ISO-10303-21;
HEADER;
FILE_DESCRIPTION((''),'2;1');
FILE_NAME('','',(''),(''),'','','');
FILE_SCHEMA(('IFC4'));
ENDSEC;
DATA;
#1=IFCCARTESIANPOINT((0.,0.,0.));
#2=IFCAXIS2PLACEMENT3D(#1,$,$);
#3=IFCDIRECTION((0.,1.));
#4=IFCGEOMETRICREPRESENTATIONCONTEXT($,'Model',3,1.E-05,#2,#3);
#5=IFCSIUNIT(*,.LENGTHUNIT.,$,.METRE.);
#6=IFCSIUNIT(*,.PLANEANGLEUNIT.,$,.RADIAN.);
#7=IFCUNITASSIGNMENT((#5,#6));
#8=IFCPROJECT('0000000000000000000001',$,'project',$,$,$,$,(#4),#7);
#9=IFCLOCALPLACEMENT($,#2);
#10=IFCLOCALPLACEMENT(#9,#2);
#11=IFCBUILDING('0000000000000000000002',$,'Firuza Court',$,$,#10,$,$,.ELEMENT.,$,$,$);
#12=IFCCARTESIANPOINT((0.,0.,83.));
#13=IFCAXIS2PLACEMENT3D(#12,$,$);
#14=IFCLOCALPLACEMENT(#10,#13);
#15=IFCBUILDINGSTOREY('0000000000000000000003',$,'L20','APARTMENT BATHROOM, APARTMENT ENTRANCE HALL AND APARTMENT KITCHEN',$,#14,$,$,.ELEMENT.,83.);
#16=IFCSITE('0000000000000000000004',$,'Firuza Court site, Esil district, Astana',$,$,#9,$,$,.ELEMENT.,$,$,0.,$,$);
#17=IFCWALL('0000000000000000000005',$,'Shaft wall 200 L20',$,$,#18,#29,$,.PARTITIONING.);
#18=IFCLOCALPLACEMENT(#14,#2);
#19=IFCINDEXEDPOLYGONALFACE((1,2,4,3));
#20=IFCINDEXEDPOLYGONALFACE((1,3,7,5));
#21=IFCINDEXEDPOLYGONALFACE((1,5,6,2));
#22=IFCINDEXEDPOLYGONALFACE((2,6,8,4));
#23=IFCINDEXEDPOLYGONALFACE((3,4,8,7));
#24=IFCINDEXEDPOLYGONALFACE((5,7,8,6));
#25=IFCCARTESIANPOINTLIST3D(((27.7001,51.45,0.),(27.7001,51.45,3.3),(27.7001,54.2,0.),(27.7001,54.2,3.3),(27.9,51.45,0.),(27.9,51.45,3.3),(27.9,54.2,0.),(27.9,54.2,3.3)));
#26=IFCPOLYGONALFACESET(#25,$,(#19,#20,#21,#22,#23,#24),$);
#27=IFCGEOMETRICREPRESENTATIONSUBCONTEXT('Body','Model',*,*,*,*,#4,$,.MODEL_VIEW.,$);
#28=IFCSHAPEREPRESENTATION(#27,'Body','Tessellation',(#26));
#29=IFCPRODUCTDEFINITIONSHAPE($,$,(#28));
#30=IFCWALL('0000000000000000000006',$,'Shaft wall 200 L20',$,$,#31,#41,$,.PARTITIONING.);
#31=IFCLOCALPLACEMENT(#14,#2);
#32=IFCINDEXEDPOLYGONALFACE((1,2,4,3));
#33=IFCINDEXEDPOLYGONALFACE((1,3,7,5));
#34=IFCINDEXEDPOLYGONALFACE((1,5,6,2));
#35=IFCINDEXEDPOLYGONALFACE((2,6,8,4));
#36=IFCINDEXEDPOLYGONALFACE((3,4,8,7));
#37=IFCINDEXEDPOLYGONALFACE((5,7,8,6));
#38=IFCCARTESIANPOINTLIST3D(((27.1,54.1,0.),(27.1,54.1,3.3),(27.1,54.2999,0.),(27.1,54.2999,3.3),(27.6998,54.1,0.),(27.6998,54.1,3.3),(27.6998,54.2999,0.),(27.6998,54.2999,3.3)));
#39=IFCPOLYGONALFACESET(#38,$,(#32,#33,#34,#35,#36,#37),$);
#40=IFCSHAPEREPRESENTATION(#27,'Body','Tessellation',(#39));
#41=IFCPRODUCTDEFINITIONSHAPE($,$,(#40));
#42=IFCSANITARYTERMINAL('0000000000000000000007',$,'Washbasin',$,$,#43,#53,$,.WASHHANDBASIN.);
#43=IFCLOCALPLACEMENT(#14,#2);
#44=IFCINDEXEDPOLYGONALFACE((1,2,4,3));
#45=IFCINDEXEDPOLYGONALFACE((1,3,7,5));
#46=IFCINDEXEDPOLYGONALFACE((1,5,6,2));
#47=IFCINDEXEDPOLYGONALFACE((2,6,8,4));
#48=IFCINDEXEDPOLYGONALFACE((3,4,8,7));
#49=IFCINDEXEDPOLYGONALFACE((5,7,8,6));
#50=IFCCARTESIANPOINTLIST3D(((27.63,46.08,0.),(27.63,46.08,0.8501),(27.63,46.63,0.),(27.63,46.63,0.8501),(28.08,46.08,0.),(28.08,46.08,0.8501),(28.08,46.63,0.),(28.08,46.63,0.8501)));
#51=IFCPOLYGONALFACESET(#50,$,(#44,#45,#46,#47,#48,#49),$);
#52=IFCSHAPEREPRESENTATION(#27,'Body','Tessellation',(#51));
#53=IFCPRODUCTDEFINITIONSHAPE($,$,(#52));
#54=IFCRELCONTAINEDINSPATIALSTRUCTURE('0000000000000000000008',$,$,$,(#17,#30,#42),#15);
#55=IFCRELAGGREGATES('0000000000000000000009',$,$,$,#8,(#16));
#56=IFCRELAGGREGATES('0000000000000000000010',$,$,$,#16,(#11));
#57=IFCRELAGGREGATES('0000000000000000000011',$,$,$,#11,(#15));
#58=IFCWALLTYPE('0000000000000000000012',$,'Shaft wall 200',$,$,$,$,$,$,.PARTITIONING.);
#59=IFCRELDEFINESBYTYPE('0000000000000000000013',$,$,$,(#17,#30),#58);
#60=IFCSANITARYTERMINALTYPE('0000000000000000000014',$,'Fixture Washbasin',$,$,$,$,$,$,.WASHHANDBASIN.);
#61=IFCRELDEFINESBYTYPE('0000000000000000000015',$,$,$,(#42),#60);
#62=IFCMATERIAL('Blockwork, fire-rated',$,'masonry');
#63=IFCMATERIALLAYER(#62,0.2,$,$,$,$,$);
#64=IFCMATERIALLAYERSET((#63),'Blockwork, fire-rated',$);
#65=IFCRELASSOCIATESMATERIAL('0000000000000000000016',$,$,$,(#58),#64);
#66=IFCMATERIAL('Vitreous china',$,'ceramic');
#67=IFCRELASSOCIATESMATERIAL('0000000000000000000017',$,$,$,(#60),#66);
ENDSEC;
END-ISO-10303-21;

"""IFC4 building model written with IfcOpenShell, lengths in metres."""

from ifc_helpers import new_model, si_unit, direction, frame, frame_2d, origin, origin_2d, place, context, subcontext, project, spatial, rectangle, extrude, material, layer, layer_set, type_object, element, save


model = new_model("IFC4")

# Units and contexts
model_context = context("Model", 3, precision=1e-05, world=origin(), true_north=direction((0.0, 1.0)))
body_context = subcontext(model_context, "Body", "Model", "MODEL_VIEW")
ifc_project = project(units=[si_unit("LENGTHUNIT", "METRE"), si_unit("PLANEANGLEUNIT", "RADIAN")], contexts=[model_context])

# Site, building, storey
site_placement = place(None, origin())
site = spatial("IfcSite", under=ifc_project, at=site_placement, Name="Firuza Court site, Esil district, Astana", CompositionType="ELEMENT", RefElevation=0.0)
building_placement = place(site_placement, origin())
building = spatial("IfcBuilding", under=site, at=building_placement, Name="Firuza Court", CompositionType="ELEMENT")
storey_placement = place(building_placement, frame((0.0, 0.0, 83.0)))
storey = spatial("IfcBuildingStorey", under=building, at=storey_placement, Name="L20", Description="APARTMENT BATHROOM, APARTMENT ENTRANCE HALL AND APARTMENT KITCHEN", CompositionType="ELEMENT", Elevation=83.0)

# Shared definitions
ifc_material_1 = material(Name="Blockwork, fire-rated", Category="masonry")

# Shared definitions
ifc_layer_1 = layer(ifc_material_1, 0.2)
ifc_layer_set_1 = layer_set([ifc_layer_1], Name="Blockwork, fire-rated")
wall_type_1 = type_object("IfcWallType", Name="Shaft wall 200", PredefinedType="PARTITIONING", material=ifc_layer_set_1)

# Walls
wall_1_placement = place(storey_placement, frame((27.8, 51.45, 0.0), z_axis=(0.0, 0.0, 1.0), x_axis=(0.0, 1.0, 0.0)))
element("IfcWall", 1, at=wall_1_placement, inside=storey, type_object=wall_type_1, Name="Shaft wall 200 L20", PredefinedType="PARTITIONING", context=body_context, shape_type="SweptSolid", body=[
    extrude(rectangle(XDim=2.75, YDim=0.2, at=frame_2d((1.375, 0.0))), origin(), (0.0, 0.0, 1.0), 3.3),
])
wall_2_placement = place(storey_placement, frame((27.1001, 54.2, 0.0), z_axis=(0.0, 0.0, 1.0), x_axis=(1.0, 0.0, 0.0)))
element("IfcWall", 2, at=wall_2_placement, inside=storey, type_object=wall_type_1, Name="Shaft wall 200 L20", PredefinedType="PARTITIONING", context=body_context, shape_type="SweptSolid", body=[
    extrude(rectangle(XDim=0.5999, YDim=0.2, at=frame_2d((0.2998, 0.0))), origin(), (0.0, 0.0, 1.0), 3.3),
])

# Sanitary terminal
ifc_material_2 = material(Name="Vitreous china", Category="ceramic")
sanitary_terminal_type = type_object("IfcSanitaryTerminalType", Name="Fixture Washbasin", PredefinedType="WASHHANDBASIN", material=ifc_material_2)
sanitary_terminal_placement = place(storey_placement, frame((27.855, 46.355, 0.0), z_axis=(0.0, 0.0, 1.0), x_axis=(1.0, 0.0, 0.0)))
element("IfcSanitaryTerminal", 3, at=sanitary_terminal_placement, inside=storey, type_object=sanitary_terminal_type, Name="Washbasin", PredefinedType="WASHHANDBASIN", context=body_context, shape_type="SweptSolid", body=[
    extrude(rectangle(XDim=0.45, YDim=0.55, at=origin_2d()), origin(), (0.0, 0.0, 1.0), 0.8501),
])

save(model, "model.ifc")
